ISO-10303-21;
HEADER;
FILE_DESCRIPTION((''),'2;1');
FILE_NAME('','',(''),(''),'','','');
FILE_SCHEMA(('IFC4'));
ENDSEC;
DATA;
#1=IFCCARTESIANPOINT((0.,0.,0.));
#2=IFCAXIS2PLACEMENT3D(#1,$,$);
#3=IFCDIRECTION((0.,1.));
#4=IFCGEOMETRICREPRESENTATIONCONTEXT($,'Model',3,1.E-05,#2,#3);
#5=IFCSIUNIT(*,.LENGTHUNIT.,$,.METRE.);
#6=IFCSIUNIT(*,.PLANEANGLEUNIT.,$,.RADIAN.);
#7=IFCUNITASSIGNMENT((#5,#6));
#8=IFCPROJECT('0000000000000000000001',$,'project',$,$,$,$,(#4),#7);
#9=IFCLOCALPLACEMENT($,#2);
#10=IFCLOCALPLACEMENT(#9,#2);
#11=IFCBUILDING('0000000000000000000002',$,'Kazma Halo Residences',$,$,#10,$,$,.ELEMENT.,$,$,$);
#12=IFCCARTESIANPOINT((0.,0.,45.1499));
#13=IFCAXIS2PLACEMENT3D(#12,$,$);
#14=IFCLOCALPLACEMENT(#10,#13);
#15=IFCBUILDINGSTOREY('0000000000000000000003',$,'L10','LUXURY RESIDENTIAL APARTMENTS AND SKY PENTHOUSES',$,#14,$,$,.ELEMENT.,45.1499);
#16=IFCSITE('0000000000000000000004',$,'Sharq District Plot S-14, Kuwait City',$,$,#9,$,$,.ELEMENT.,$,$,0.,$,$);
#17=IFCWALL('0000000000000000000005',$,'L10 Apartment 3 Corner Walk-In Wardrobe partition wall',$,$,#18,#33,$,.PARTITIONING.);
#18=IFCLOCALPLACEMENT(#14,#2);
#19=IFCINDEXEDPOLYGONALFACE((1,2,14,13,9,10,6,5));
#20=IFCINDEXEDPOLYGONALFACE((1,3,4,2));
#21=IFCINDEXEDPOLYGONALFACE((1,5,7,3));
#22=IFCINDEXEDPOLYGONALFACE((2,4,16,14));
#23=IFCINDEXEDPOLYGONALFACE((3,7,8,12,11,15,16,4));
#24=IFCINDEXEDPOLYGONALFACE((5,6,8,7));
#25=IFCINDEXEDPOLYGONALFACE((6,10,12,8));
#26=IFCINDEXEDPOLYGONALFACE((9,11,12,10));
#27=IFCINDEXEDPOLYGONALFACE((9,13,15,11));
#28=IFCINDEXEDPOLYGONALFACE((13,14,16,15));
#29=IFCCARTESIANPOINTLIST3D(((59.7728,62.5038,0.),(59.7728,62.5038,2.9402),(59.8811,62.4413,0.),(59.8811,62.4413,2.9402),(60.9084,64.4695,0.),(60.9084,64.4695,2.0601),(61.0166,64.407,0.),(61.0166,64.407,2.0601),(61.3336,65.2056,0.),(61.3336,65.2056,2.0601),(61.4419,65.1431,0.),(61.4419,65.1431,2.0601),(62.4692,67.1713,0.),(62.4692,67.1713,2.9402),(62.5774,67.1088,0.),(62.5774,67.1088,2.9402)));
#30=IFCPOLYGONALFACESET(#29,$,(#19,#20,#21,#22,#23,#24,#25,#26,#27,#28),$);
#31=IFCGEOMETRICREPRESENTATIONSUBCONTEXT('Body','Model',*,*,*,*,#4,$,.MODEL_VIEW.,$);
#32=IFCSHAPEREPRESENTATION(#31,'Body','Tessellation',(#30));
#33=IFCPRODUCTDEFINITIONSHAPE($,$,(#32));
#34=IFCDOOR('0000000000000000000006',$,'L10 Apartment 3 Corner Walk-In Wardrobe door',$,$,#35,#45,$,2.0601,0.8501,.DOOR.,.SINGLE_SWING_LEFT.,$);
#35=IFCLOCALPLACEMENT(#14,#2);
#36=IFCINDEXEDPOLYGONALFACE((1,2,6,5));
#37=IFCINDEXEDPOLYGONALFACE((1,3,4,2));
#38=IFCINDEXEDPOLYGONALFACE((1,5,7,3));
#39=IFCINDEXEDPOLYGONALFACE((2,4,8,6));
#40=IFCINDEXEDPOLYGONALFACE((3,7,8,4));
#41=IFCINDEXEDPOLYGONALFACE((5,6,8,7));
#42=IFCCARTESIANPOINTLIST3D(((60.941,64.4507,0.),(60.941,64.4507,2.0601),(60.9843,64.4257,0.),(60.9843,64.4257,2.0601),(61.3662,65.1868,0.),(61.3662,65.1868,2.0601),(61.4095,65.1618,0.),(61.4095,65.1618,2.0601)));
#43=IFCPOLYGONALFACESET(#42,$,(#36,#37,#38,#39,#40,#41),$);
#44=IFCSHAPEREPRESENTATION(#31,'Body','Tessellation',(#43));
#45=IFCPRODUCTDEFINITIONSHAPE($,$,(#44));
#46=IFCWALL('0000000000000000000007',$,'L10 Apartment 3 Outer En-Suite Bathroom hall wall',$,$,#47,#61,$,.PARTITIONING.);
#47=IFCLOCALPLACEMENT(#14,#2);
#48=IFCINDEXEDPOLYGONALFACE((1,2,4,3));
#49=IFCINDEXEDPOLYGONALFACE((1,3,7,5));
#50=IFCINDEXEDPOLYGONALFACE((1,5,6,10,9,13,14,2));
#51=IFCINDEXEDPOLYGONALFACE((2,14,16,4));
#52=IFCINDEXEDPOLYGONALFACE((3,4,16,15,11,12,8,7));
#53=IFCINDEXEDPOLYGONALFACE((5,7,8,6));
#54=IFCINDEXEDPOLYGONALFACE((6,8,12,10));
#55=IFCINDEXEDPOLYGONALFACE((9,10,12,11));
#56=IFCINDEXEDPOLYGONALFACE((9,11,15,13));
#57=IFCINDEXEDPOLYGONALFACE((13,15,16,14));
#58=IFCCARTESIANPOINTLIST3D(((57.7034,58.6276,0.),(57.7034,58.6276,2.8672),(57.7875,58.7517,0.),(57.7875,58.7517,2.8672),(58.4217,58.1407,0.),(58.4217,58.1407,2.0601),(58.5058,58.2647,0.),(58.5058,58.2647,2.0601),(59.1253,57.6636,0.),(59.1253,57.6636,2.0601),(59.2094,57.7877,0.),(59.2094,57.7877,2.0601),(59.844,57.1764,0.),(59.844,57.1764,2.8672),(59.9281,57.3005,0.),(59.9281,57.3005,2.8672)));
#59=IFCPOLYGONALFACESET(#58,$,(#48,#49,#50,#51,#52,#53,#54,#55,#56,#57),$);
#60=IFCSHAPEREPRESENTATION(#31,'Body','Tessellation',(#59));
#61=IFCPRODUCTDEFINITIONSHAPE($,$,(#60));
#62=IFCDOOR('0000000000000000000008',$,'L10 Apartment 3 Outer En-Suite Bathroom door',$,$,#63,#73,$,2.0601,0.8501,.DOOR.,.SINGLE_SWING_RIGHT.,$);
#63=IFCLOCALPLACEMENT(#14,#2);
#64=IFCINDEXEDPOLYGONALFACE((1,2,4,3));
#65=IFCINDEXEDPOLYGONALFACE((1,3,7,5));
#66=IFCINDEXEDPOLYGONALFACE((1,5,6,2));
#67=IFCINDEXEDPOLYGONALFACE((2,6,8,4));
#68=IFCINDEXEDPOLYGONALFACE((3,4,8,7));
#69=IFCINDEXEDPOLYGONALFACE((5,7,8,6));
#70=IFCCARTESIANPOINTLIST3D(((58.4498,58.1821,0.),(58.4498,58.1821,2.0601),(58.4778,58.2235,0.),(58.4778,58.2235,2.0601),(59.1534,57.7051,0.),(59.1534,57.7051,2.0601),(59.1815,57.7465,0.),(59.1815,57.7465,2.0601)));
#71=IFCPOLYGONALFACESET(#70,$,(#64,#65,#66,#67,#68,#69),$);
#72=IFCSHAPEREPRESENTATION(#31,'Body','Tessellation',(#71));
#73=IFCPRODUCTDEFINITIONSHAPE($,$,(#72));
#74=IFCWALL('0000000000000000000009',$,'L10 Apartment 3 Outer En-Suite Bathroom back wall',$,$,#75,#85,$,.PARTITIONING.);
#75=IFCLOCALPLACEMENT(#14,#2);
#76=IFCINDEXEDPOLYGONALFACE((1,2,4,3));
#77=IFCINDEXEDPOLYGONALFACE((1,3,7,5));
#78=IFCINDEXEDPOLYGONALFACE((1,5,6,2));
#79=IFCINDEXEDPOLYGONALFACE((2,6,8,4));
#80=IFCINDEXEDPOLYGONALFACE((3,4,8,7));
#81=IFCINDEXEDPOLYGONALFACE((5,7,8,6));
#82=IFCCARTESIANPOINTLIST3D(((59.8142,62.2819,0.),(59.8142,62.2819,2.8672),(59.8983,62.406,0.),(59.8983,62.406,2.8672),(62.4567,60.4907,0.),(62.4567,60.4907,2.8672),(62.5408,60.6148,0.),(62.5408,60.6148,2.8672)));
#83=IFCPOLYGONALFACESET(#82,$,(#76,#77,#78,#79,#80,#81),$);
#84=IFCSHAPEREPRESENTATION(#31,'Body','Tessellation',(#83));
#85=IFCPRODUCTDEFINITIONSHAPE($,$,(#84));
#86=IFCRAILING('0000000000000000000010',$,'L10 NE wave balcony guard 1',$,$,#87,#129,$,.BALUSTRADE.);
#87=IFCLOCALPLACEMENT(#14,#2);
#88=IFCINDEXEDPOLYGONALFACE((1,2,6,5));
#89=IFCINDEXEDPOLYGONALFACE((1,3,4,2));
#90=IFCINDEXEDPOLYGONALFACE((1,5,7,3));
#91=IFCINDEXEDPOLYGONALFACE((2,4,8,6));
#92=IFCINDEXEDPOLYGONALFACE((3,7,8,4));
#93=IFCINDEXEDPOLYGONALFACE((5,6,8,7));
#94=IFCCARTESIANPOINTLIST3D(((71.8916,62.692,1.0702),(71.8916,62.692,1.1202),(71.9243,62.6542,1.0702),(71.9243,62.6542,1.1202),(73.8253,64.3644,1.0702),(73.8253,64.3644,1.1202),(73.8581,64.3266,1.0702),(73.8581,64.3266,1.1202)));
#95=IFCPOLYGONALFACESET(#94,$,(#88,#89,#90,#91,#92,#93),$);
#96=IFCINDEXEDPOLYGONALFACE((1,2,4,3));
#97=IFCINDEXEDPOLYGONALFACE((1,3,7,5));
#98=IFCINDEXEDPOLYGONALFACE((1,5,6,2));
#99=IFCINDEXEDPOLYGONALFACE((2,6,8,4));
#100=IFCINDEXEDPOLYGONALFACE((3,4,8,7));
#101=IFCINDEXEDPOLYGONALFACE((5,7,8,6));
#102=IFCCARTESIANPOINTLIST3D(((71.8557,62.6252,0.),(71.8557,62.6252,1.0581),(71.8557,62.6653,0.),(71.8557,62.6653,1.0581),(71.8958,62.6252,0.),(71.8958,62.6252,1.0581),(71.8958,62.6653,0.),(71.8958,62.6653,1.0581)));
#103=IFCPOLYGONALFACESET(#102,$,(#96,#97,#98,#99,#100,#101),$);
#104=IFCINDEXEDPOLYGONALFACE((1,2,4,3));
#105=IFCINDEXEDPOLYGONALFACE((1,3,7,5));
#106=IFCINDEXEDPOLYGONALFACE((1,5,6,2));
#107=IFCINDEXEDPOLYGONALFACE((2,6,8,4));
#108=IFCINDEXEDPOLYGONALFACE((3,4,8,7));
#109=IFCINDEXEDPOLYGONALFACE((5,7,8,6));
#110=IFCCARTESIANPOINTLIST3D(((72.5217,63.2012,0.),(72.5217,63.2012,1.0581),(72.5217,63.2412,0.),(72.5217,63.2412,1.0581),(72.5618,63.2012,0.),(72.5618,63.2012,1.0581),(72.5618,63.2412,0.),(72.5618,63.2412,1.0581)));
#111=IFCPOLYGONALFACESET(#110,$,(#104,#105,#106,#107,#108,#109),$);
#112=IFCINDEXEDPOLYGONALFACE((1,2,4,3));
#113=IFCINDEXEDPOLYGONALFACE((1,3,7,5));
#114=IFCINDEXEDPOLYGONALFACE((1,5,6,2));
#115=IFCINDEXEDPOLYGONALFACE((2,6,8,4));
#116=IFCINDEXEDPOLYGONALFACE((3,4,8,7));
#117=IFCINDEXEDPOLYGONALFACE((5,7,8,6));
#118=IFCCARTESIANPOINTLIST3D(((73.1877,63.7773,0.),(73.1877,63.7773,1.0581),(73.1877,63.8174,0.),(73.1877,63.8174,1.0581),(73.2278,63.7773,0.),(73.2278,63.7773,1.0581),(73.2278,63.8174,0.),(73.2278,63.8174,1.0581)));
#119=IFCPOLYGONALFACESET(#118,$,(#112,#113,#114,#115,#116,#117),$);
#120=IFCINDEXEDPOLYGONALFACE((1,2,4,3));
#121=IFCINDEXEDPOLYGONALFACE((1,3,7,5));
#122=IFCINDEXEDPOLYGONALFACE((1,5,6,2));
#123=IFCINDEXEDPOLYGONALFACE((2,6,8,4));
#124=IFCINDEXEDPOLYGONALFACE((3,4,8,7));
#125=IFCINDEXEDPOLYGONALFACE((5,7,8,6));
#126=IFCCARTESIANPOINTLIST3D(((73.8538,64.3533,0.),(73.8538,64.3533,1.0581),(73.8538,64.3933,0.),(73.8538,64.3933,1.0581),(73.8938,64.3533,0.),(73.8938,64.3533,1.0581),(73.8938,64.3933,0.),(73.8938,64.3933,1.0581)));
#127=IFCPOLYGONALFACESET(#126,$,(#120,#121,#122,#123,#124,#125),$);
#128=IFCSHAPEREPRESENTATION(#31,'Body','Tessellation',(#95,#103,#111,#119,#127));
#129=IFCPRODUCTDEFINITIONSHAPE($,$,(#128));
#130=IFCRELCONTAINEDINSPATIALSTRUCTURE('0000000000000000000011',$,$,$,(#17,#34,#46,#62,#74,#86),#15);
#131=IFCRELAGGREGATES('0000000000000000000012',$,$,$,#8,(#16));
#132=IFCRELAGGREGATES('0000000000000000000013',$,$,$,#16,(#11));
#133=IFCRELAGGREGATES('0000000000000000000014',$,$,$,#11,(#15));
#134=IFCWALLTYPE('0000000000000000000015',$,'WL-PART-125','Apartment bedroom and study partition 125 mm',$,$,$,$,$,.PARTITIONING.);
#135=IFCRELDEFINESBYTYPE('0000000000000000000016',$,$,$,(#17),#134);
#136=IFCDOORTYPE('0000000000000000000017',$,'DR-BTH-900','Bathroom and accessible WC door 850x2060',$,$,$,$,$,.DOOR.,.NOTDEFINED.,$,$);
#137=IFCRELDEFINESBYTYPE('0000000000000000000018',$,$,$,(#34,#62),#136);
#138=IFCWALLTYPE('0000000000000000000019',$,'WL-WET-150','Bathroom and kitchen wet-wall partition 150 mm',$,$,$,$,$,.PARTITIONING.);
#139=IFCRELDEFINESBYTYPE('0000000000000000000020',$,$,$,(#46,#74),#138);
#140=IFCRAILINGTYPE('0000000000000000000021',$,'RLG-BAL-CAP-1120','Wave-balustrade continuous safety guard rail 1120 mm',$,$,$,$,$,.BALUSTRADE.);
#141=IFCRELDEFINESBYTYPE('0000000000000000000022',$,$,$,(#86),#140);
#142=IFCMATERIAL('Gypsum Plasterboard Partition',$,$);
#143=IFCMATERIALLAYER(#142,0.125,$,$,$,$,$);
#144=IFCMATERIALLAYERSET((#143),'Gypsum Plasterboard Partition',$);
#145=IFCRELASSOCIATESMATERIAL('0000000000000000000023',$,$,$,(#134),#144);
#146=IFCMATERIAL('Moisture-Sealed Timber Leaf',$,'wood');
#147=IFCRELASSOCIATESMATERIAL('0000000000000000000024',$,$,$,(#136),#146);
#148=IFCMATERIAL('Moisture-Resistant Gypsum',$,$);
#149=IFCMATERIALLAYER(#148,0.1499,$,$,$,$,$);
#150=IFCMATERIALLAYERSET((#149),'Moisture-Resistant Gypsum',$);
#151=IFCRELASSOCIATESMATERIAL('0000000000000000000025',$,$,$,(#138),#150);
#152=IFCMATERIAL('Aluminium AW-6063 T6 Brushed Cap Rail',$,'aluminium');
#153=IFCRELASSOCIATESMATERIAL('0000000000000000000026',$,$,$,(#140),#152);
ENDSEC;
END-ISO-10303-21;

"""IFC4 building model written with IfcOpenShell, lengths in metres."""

from ifc_helpers import new_model, si_unit, direction, frame, frame_2d, origin, origin_2d, place, context, subcontext, project, spatial, rectangle, extrude, material, layer, layer_set, type_object, element, fill, save


model = new_model("IFC4")

# Units and contexts
model_context = context("Model", 3, precision=1e-05, world=origin(), true_north=direction((0.0, 1.0)))
body_context = subcontext(model_context, "Body", "Model", "MODEL_VIEW")
ifc_project = project(units=[si_unit("LENGTHUNIT", "METRE"), si_unit("PLANEANGLEUNIT", "RADIAN")], contexts=[model_context])

# Site, building, storey
site_placement = place(None, origin())
site = spatial("IfcSite", under=ifc_project, at=site_placement, Name="Sharq District Plot S-14, Kuwait City", CompositionType="ELEMENT", RefElevation=0.0)
building_placement = place(site_placement, origin())
building = spatial("IfcBuilding", under=site, at=building_placement, Name="Kazma Halo Residences", CompositionType="ELEMENT")
storey_placement = place(building_placement, frame((0.0, 0.0, 45.1499)))
storey = spatial("IfcBuildingStorey", under=building, at=storey_placement, Name="L10", Description="LUXURY RESIDENTIAL APARTMENTS AND SKY PENTHOUSES", CompositionType="ELEMENT", Elevation=45.1499)

# Shared definitions
ifc_material_1 = material(Name="Gypsum Plasterboard Partition")
ifc_layer_1 = layer(ifc_material_1, 0.125)
ifc_layer_set_1 = layer_set([ifc_layer_1], Name="Gypsum Plasterboard Partition")
wall_type_1 = type_object("IfcWallType", Name="WL-PART-125", Description="Apartment bedroom and study partition 125 mm", PredefinedType="PARTITIONING", material=ifc_layer_set_1)

# Walls, openings, doors
wall_1_placement = place(storey_placement, frame((59.8269, 62.4724, 0.0), z_axis=(0.0, 0.0, 1.0), x_axis=(0.500211, 0.865903, 0.0)))
wall_1 = element("IfcWall", 1, at=wall_1_placement, inside=storey, type_object=wall_type_1, Name="L10 Apartment 3 Corner Walk-In Wardrobe partition wall", PredefinedType="PARTITIONING", context=body_context, shape_type="SweptSolid", body=[
    extrude(rectangle(XDim=5.3904, YDim=0.125, at=frame_2d((2.6953, 0.0))), origin(), (0.0, 0.0, 1.0), 2.9402),
])
opening_1_placement = place(wall_1_placement, frame((2.2703, 0.0, 0.0)))
opening_1 = element("IfcOpeningElement", 2, at=opening_1_placement, cuts=wall_1, PredefinedType="OPENING", context=body_context, shape_type="SweptSolid", body=[
    extrude(rectangle(XDim=0.8501, YDim=2.0601, at=frame_2d((0.425, 1.03))), frame((0.0, 0.0725, 0.0), z_axis=(0.0, -1.0, 0.0), x_axis=(1.0, 0.0, 0.0)), (0.0, 0.0, 1.0), 0.145),
])
ifc_material_2 = material(Name="Moisture-Sealed Timber Leaf", Category="wood")
door_type_1 = type_object("IfcDoorType", Name="DR-BTH-900", Description="Bathroom and accessible WC door 850x2060", OperationType="NOTDEFINED", PredefinedType="DOOR", material=ifc_material_2)
door_1_placement = place(opening_1_placement, origin())
door_1 = element("IfcDoor", 3, at=door_1_placement, inside=storey, type_object=door_type_1, Name="L10 Apartment 3 Corner Walk-In Wardrobe door", OperationType="SINGLE_SWING_LEFT", OverallHeight=2.0601, OverallWidth=0.8501, PredefinedType="DOOR", context=body_context, shape_type="SweptSolid", body=[
    extrude(rectangle(XDim=0.8501, YDim=2.0601, at=frame_2d((0.425, 1.03))), frame((0.0, 0.0249, 0.0), z_axis=(0.0, -1.0, 0.0), x_axis=(1.0, 0.0, 0.0)), (0.0, 0.0, 1.0), 0.05),
])
fill(opening_1, door_1)
ifc_material_3 = material(Name="Moisture-Resistant Gypsum")
ifc_layer_2 = layer(ifc_material_3, 0.1499)
ifc_layer_set_2 = layer_set([ifc_layer_2], Name="Moisture-Resistant Gypsum")
wall_type_2 = type_object("IfcWallType", Name="WL-WET-150", Description="Bathroom and kitchen wet-wall partition 150 mm", PredefinedType="PARTITIONING", material=ifc_layer_set_2)
wall_2_placement = place(storey_placement, frame((59.886, 57.2385, 0.0), z_axis=(0.0, 0.0, 1.0), x_axis=(-0.827726, 0.561132, 0.0)))
wall_2 = element("IfcWall", 4, at=wall_2_placement, inside=storey, type_object=wall_type_2, Name="L10 Apartment 3 Outer En-Suite Bathroom hall wall", PredefinedType="PARTITIONING", context=body_context, shape_type="SweptSolid", body=[
    extrude(rectangle(XDim=2.5862, YDim=0.1499, at=frame_2d((1.293, 0.0))), origin(), (0.0, 0.0, 1.0), 2.8672),
])
opening_2_placement = place(wall_2_placement, frame((0.8682, 0.0, 0.0)))
opening_2 = element("IfcOpeningElement", 5, at=opening_2_placement, cuts=wall_2, PredefinedType="OPENING", context=body_context, shape_type="SweptSolid", body=[
    extrude(rectangle(XDim=0.8501, YDim=2.0601, at=frame_2d((0.425, 1.03))), frame((0.0, 0.085, 0.0), z_axis=(0.0, -1.0, 0.0), x_axis=(1.0, 0.0, 0.0)), (0.0, 0.0, 1.0), 0.1699),
])
door_2_placement = place(opening_2_placement, origin())
door_2 = element("IfcDoor", 6, at=door_2_placement, inside=storey, type_object=door_type_1, Name="L10 Apartment 3 Outer En-Suite Bathroom door", OperationType="SINGLE_SWING_RIGHT", OverallHeight=2.0601, OverallWidth=0.8501, PredefinedType="DOOR", context=body_context, shape_type="SweptSolid", body=[
    extrude(rectangle(XDim=0.8501, YDim=2.0601, at=frame_2d((0.425, 1.03))), frame((0.0, 0.0249, 0.0), z_axis=(0.0, -1.0, 0.0), x_axis=(1.0, 0.0, 0.0)), (0.0, 0.0, 1.0), 0.05),
])
fill(opening_2, door_2)

# Wall
wall_3_placement = place(storey_placement, frame((62.4988, 60.5527, 0.0), z_axis=(0.0, 0.0, 1.0), x_axis=(-0.827755, 0.56109, 0.0)))
element("IfcWall", 7, at=wall_3_placement, inside=storey, type_object=wall_type_2, Name="L10 Apartment 3 Outer En-Suite Bathroom back wall", PredefinedType="PARTITIONING", context=body_context, shape_type="SweptSolid", body=[
    extrude(rectangle(XDim=3.1924, YDim=0.1499, at=frame_2d((1.5962, 0.0))), origin(), (0.0, 0.0, 1.0), 2.8672),
])

# Railing
ifc_material_4 = material(Name="Aluminium AW-6063 T6 Brushed Cap Rail", Category="aluminium")
railing_type = type_object("IfcRailingType", Name="RLG-BAL-CAP-1120", Description="Wave-balustrade continuous safety guard rail 1120 mm", PredefinedType="BALUSTRADE", material=ifc_material_4)
railing_1_placement = place(storey_placement, frame((71.8757, 62.6453, 0.0)))
element("IfcRailing", 8, at=railing_1_placement, inside=storey, type_object=railing_type, Name="L10 NE wave balcony guard 1", PredefinedType="BALUSTRADE", context=body_context, shape_type="SweptSolid", body=[
    extrude(rectangle(XDim=0.05, YDim=0.05, at=origin_2d()), frame((0.0322, 0.0278, 1.0952), z_axis=(0.756366, 0.654149, 0.0), x_axis=(-0.654149, 0.756366, 0.0)), (0.0, 0.0, 1.0), 2.5566),
    extrude(rectangle(XDim=0.04, YDim=0.04, at=origin_2d()), origin(), (0.0, 0.0, 1.0), 1.0581),
    extrude(rectangle(XDim=0.04, YDim=0.04, at=origin_2d()), frame((0.666, 0.5759, 0.0)), (0.0, 0.0, 1.0), 1.0581),
    extrude(rectangle(XDim=0.04, YDim=0.04, at=origin_2d()), frame((1.332, 1.1521, 0.0)), (0.0, 0.0, 1.0), 1.0581),
    extrude(rectangle(XDim=0.04, YDim=0.04, at=origin_2d()), frame((1.998, 1.728, 0.0)), (0.0, 0.0, 1.0), 1.0581),
])

save(model, "model.ifc")
